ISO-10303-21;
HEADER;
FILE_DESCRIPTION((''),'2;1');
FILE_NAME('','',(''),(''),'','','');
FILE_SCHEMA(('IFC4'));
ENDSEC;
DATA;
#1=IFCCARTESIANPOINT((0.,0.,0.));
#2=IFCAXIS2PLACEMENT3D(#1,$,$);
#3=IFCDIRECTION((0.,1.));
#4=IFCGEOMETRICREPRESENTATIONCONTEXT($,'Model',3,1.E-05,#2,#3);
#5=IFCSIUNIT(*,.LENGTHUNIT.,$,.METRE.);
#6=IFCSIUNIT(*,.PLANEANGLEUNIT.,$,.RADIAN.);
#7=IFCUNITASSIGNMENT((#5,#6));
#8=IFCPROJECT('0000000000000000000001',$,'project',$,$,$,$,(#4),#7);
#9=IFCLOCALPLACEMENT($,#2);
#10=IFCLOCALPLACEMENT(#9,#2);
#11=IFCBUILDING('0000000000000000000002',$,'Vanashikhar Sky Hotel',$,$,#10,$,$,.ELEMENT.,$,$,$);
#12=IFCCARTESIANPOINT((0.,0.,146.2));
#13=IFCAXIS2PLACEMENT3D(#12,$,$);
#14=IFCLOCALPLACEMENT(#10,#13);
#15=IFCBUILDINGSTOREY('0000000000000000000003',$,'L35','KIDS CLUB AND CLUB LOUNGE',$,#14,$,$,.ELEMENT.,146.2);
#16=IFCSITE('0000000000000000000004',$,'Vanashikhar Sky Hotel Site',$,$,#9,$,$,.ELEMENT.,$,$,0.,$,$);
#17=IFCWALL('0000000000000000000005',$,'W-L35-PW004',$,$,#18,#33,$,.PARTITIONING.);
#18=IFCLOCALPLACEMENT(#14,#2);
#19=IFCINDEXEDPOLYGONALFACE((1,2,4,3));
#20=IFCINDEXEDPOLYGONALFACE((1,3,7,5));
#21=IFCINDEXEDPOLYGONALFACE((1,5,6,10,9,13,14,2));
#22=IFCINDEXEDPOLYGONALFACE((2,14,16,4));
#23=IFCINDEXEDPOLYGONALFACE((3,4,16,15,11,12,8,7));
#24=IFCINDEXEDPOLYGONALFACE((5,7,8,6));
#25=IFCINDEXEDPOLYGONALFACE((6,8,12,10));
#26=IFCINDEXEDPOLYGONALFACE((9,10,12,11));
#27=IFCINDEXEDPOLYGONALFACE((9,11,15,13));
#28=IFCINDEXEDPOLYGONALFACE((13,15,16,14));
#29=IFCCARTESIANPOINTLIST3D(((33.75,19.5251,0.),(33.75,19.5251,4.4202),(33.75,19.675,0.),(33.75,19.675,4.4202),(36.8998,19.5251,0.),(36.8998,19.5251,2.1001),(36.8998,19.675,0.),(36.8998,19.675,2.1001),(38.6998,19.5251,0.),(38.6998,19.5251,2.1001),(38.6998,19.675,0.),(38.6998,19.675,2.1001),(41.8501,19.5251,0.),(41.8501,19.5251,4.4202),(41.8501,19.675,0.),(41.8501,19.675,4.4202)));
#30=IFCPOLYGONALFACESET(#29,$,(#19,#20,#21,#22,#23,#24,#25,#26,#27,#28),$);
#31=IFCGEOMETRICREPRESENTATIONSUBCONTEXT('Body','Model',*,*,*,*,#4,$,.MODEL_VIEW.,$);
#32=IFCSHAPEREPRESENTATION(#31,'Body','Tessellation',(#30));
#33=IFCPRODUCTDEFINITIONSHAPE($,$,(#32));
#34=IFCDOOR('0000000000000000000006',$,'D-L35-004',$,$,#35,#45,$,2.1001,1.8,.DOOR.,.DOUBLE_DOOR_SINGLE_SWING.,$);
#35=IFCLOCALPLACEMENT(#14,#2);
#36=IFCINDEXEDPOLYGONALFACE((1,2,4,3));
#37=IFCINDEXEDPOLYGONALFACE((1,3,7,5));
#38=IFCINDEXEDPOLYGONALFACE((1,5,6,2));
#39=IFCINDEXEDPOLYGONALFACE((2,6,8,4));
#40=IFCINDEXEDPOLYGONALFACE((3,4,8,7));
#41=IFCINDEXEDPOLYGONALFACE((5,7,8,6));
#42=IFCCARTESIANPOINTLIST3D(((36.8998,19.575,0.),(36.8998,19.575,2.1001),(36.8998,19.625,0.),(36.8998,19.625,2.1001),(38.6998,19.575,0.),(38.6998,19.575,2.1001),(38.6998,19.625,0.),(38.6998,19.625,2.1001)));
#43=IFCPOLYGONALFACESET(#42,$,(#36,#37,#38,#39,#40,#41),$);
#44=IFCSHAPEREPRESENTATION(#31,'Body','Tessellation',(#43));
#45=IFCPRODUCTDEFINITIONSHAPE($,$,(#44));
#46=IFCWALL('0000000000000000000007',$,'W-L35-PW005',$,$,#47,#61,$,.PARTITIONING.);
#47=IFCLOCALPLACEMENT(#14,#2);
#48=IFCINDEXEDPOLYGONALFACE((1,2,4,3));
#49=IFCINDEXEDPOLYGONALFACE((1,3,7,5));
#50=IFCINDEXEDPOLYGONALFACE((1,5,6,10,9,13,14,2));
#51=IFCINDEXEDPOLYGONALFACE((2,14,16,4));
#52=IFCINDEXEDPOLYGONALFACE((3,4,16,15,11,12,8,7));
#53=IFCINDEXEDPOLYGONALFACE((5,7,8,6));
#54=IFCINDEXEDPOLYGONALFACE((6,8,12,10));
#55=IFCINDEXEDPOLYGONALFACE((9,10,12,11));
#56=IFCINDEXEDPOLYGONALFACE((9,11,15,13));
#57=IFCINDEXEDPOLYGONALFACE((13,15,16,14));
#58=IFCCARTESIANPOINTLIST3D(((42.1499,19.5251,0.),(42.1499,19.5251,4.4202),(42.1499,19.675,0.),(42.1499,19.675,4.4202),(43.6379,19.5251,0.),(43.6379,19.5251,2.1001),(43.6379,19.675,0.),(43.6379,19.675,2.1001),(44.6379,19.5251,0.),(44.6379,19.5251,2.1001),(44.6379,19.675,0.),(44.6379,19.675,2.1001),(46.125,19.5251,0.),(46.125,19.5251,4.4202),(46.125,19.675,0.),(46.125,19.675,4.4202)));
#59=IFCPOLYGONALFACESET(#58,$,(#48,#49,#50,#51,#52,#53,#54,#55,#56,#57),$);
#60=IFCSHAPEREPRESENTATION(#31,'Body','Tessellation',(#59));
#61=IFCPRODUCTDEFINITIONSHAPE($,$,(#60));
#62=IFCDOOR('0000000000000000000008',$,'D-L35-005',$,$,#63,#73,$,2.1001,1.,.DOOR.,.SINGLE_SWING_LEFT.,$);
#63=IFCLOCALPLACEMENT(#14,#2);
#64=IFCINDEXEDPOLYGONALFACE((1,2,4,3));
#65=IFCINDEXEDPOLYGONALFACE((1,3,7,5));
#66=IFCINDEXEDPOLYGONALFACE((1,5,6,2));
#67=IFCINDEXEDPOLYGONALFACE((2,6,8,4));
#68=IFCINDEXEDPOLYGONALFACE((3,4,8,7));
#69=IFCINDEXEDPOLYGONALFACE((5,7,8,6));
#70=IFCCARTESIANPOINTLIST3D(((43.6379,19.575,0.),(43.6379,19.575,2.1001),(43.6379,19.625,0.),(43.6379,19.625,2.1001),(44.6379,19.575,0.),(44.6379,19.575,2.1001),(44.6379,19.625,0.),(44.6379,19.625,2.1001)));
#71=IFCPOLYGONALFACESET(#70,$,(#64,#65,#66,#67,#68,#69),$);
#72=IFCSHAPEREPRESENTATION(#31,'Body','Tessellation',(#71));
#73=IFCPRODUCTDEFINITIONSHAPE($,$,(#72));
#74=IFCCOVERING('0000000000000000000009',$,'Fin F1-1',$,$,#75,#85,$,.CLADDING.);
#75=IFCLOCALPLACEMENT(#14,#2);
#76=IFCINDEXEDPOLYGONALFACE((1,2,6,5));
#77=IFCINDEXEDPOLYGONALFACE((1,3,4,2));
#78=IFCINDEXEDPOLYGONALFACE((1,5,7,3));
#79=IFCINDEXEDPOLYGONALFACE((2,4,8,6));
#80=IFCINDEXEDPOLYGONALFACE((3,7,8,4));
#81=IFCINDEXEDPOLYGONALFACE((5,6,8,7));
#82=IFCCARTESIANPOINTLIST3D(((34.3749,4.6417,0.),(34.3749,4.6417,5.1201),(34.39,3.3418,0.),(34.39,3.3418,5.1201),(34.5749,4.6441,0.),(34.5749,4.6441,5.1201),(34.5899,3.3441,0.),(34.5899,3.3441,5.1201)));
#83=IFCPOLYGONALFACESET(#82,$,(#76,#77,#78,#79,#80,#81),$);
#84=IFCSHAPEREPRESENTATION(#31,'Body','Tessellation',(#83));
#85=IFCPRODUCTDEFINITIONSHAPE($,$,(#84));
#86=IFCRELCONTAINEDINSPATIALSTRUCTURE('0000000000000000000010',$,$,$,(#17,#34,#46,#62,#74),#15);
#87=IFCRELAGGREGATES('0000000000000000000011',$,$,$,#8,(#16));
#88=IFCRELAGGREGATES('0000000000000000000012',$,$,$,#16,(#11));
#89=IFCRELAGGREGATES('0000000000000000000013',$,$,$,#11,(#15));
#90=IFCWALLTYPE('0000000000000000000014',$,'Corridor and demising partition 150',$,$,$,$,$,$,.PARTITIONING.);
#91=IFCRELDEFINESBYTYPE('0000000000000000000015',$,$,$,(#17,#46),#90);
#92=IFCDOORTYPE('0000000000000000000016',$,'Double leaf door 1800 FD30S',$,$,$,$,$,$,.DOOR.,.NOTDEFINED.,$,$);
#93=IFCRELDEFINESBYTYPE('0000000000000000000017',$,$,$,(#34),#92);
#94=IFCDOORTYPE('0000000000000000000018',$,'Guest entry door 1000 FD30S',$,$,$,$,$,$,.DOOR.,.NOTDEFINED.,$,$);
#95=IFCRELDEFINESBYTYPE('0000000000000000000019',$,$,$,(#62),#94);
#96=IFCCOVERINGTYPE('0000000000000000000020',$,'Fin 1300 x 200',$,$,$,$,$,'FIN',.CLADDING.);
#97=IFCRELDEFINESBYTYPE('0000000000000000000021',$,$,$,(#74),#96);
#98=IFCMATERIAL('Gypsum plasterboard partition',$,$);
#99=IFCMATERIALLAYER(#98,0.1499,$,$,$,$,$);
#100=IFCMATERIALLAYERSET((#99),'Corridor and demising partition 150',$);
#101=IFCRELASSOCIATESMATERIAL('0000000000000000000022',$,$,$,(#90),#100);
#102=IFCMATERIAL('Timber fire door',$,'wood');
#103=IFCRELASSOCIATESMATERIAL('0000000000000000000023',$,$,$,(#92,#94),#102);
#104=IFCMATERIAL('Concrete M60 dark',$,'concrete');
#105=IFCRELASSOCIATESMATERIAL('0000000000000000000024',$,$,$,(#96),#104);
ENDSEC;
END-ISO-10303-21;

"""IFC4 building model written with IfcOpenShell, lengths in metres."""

from ifc_helpers import new_model, si_unit, direction, frame, frame_2d, origin, origin_2d, place, context, subcontext, project, spatial, rectangle, extrude, source, transform, mapped, material, layer, layer_set, material_profile, profile_set, type_object, element, fill, save


model = new_model("IFC4")

# Units and contexts
model_context = context("Model", 3, precision=1e-05, world=origin(), true_north=direction((0.0, 1.0)))
body_context = subcontext(model_context, "Body", "Model", "MODEL_VIEW")
ifc_project = project(units=[si_unit("LENGTHUNIT", "METRE"), si_unit("PLANEANGLEUNIT", "RADIAN")], contexts=[model_context])

# Site, building, storey
site_placement = place(None, origin())
site = spatial("IfcSite", under=ifc_project, at=site_placement, Name="Vanashikhar Sky Hotel Site", CompositionType="ELEMENT", RefElevation=0.0)
building_placement = place(site_placement, origin())
building = spatial("IfcBuilding", under=site, at=building_placement, Name="Vanashikhar Sky Hotel", CompositionType="ELEMENT")
storey_placement = place(building_placement, frame((0.0, 0.0, 146.2)))
storey = spatial("IfcBuildingStorey", under=building, at=storey_placement, Name="L35", Description="KIDS CLUB AND CLUB LOUNGE", CompositionType="ELEMENT", Elevation=146.2)

# Walls, openings, doors
ifc_material_1 = material(Name="Gypsum plasterboard partition")
ifc_layer_1 = layer(ifc_material_1, 0.1499)
ifc_layer_set_1 = layer_set([ifc_layer_1], Name="Corridor and demising partition 150")
wall_type_1 = type_object("IfcWallType", Name="Corridor and demising partition 150", PredefinedType="PARTITIONING", material=ifc_layer_set_1)
shared_shape_1 = source(origin(), body_context, "Body", "SweptSolid", [
    extrude(rectangle(XDim=8.1001, YDim=0.1499, at=frame_2d((4.05, 0.0))), origin(), (0.0, 0.0, 1.0), 4.4202),
])
wall_1_placement = place(storey_placement, frame((33.75, 19.6001, 0.0), z_axis=(0.0, 0.0, 1.0), x_axis=(1.0, 0.0, 0.0)))
wall_1 = element("IfcWall", 1, at=wall_1_placement, inside=storey, type_object=wall_type_1, Name="W-L35-PW004", PredefinedType="PARTITIONING", context=body_context, shape_type="MappedRepresentation", body=[
    mapped(shared_shape_1, transform((0.0, 0.0, 0.0), scale=1.0)),
])
shared_shape_2 = source(origin(), body_context, "Body", "SweptSolid", [
    extrude(rectangle(XDim=1.8, YDim=2.1001, at=frame_2d((0.8999, 1.05))), frame((0.0, 0.085, 0.0), z_axis=(0.0, -1.0, 0.0), x_axis=(1.0, 0.0, 0.0)), (0.0, 0.0, 1.0), 0.1699),
])
opening_1_placement = place(wall_1_placement, frame((3.1499, 0.0, 0.0)))
opening_1 = element("IfcOpeningElement", 2, at=opening_1_placement, cuts=wall_1, PredefinedType="OPENING", context=body_context, shape_type="MappedRepresentation", body=[
    mapped(shared_shape_2, transform((0.0, 0.0, 0.0), scale=1.0)),
])
ifc_material_2 = material(Name="Timber fire door", Category="wood")
door_type_1 = type_object("IfcDoorType", Name="Double leaf door 1800 FD30S", OperationType="NOTDEFINED", PredefinedType="DOOR", material=ifc_material_2)
shared_shape_3 = source(origin(), body_context, "Body", "SweptSolid", [
    extrude(rectangle(XDim=1.8, YDim=2.1001, at=frame_2d((0.8999, 1.05))), frame((0.0, 0.0249, 0.0), z_axis=(0.0, -1.0, 0.0), x_axis=(1.0, 0.0, 0.0)), (0.0, 0.0, 1.0), 0.05),
])
door_1_placement = place(opening_1_placement, origin())
door_1 = element("IfcDoor", 3, at=door_1_placement, inside=storey, type_object=door_type_1, Name="D-L35-004", OperationType="DOUBLE_DOOR_SINGLE_SWING", OverallHeight=2.1001, OverallWidth=1.8, PredefinedType="DOOR", context=body_context, shape_type="MappedRepresentation", body=[
    mapped(shared_shape_3, transform((0.0, 0.0, 0.0), scale=1.0)),
])
fill(opening_1, door_1)
shared_shape_4 = source(origin(), body_context, "Body", "SweptSolid", [
    extrude(rectangle(XDim=3.9751, YDim=0.1499, at=frame_2d((1.9875, 0.0))), origin(), (0.0, 0.0, 1.0), 4.4202),
])
wall_2_placement = place(storey_placement, frame((42.1499, 19.6001, 0.0), z_axis=(0.0, 0.0, 1.0), x_axis=(1.0, 0.0, 0.0)))
wall_2 = element("IfcWall", 4, at=wall_2_placement, inside=storey, type_object=wall_type_1, Name="W-L35-PW005", PredefinedType="PARTITIONING", context=body_context, shape_type="MappedRepresentation", body=[
    mapped(shared_shape_4, transform((0.0, 0.0, 0.0), scale=1.0)),
])
shared_shape_5 = source(origin(), body_context, "Body", "SweptSolid", [
    extrude(rectangle(XDim=1.0, YDim=2.1001, at=frame_2d((0.5, 1.05))), frame((0.0, 0.085, 0.0), z_axis=(0.0, -1.0, 0.0), x_axis=(1.0, 0.0, 0.0)), (0.0, 0.0, 1.0), 0.1699),
])
opening_2_placement = place(wall_2_placement, frame((1.488, 0.0, 0.0)))
opening_2 = element("IfcOpeningElement", 5, at=opening_2_placement, cuts=wall_2, PredefinedType="OPENING", context=body_context, shape_type="MappedRepresentation", body=[
    mapped(shared_shape_5, transform((0.0, 0.0, 0.0), scale=1.0)),
])
door_type_2 = type_object("IfcDoorType", Name="Guest entry door 1000 FD30S", OperationType="NOTDEFINED", PredefinedType="DOOR", material=ifc_material_2)
shared_shape_6 = source(origin(), body_context, "Body", "SweptSolid", [
    extrude(rectangle(XDim=1.0, YDim=2.1001, at=frame_2d((0.5, 1.05))), frame((0.0, 0.0249, 0.0), z_axis=(0.0, -1.0, 0.0), x_axis=(1.0, 0.0, 0.0)), (0.0, 0.0, 1.0), 0.05),
])
door_2_placement = place(opening_2_placement, origin())
door_2 = element("IfcDoor", 6, at=door_2_placement, inside=storey, type_object=door_type_2, Name="D-L35-005", OperationType="SINGLE_SWING_LEFT", OverallHeight=2.1001, OverallWidth=1.0, PredefinedType="DOOR", context=body_context, shape_type="MappedRepresentation", body=[
    mapped(shared_shape_6, transform((0.0, 0.0, 0.0), scale=1.0)),
])
fill(opening_2, door_2)

# Covering
ifc_material_3 = material(Name="Concrete M60 dark", Category="concrete")
ifc_material_profile_1 = material_profile(ifc_material_3, rectangle(XDim=1.3, YDim=0.2, at=origin_2d()))
ifc_profile_set_1 = profile_set([ifc_material_profile_1], Name="Fin 1300 x 200")
covering_type = type_object("IfcCoveringType", Name="Fin 1300 x 200", ElementType="FIN", PredefinedType="CLADDING", material=ifc_profile_set_1)
shared_shape_7 = source(origin(), body_context, "Body", "SweptSolid", [
    extrude(rectangle(XDim=1.3, YDim=0.2, at=origin_2d()), origin(), (0.0, 0.0, 1.0), 5.1201),
])
covering_placement = place(storey_placement, frame((34.4824, 3.9929, 0.0), z_axis=(0.0, 0.0, 1.0), x_axis=(0.011589, -0.999933, 0.0)))
element("IfcCovering", 7, at=covering_placement, inside=storey, type_object=covering_type, Name="Fin F1-1", PredefinedType="CLADDING", context=body_context, shape_type="MappedRepresentation", body=[
    mapped(shared_shape_7, transform((0.0, 0.0, 0.0), scale=1.0)),
])

save(model, "model.ifc")
